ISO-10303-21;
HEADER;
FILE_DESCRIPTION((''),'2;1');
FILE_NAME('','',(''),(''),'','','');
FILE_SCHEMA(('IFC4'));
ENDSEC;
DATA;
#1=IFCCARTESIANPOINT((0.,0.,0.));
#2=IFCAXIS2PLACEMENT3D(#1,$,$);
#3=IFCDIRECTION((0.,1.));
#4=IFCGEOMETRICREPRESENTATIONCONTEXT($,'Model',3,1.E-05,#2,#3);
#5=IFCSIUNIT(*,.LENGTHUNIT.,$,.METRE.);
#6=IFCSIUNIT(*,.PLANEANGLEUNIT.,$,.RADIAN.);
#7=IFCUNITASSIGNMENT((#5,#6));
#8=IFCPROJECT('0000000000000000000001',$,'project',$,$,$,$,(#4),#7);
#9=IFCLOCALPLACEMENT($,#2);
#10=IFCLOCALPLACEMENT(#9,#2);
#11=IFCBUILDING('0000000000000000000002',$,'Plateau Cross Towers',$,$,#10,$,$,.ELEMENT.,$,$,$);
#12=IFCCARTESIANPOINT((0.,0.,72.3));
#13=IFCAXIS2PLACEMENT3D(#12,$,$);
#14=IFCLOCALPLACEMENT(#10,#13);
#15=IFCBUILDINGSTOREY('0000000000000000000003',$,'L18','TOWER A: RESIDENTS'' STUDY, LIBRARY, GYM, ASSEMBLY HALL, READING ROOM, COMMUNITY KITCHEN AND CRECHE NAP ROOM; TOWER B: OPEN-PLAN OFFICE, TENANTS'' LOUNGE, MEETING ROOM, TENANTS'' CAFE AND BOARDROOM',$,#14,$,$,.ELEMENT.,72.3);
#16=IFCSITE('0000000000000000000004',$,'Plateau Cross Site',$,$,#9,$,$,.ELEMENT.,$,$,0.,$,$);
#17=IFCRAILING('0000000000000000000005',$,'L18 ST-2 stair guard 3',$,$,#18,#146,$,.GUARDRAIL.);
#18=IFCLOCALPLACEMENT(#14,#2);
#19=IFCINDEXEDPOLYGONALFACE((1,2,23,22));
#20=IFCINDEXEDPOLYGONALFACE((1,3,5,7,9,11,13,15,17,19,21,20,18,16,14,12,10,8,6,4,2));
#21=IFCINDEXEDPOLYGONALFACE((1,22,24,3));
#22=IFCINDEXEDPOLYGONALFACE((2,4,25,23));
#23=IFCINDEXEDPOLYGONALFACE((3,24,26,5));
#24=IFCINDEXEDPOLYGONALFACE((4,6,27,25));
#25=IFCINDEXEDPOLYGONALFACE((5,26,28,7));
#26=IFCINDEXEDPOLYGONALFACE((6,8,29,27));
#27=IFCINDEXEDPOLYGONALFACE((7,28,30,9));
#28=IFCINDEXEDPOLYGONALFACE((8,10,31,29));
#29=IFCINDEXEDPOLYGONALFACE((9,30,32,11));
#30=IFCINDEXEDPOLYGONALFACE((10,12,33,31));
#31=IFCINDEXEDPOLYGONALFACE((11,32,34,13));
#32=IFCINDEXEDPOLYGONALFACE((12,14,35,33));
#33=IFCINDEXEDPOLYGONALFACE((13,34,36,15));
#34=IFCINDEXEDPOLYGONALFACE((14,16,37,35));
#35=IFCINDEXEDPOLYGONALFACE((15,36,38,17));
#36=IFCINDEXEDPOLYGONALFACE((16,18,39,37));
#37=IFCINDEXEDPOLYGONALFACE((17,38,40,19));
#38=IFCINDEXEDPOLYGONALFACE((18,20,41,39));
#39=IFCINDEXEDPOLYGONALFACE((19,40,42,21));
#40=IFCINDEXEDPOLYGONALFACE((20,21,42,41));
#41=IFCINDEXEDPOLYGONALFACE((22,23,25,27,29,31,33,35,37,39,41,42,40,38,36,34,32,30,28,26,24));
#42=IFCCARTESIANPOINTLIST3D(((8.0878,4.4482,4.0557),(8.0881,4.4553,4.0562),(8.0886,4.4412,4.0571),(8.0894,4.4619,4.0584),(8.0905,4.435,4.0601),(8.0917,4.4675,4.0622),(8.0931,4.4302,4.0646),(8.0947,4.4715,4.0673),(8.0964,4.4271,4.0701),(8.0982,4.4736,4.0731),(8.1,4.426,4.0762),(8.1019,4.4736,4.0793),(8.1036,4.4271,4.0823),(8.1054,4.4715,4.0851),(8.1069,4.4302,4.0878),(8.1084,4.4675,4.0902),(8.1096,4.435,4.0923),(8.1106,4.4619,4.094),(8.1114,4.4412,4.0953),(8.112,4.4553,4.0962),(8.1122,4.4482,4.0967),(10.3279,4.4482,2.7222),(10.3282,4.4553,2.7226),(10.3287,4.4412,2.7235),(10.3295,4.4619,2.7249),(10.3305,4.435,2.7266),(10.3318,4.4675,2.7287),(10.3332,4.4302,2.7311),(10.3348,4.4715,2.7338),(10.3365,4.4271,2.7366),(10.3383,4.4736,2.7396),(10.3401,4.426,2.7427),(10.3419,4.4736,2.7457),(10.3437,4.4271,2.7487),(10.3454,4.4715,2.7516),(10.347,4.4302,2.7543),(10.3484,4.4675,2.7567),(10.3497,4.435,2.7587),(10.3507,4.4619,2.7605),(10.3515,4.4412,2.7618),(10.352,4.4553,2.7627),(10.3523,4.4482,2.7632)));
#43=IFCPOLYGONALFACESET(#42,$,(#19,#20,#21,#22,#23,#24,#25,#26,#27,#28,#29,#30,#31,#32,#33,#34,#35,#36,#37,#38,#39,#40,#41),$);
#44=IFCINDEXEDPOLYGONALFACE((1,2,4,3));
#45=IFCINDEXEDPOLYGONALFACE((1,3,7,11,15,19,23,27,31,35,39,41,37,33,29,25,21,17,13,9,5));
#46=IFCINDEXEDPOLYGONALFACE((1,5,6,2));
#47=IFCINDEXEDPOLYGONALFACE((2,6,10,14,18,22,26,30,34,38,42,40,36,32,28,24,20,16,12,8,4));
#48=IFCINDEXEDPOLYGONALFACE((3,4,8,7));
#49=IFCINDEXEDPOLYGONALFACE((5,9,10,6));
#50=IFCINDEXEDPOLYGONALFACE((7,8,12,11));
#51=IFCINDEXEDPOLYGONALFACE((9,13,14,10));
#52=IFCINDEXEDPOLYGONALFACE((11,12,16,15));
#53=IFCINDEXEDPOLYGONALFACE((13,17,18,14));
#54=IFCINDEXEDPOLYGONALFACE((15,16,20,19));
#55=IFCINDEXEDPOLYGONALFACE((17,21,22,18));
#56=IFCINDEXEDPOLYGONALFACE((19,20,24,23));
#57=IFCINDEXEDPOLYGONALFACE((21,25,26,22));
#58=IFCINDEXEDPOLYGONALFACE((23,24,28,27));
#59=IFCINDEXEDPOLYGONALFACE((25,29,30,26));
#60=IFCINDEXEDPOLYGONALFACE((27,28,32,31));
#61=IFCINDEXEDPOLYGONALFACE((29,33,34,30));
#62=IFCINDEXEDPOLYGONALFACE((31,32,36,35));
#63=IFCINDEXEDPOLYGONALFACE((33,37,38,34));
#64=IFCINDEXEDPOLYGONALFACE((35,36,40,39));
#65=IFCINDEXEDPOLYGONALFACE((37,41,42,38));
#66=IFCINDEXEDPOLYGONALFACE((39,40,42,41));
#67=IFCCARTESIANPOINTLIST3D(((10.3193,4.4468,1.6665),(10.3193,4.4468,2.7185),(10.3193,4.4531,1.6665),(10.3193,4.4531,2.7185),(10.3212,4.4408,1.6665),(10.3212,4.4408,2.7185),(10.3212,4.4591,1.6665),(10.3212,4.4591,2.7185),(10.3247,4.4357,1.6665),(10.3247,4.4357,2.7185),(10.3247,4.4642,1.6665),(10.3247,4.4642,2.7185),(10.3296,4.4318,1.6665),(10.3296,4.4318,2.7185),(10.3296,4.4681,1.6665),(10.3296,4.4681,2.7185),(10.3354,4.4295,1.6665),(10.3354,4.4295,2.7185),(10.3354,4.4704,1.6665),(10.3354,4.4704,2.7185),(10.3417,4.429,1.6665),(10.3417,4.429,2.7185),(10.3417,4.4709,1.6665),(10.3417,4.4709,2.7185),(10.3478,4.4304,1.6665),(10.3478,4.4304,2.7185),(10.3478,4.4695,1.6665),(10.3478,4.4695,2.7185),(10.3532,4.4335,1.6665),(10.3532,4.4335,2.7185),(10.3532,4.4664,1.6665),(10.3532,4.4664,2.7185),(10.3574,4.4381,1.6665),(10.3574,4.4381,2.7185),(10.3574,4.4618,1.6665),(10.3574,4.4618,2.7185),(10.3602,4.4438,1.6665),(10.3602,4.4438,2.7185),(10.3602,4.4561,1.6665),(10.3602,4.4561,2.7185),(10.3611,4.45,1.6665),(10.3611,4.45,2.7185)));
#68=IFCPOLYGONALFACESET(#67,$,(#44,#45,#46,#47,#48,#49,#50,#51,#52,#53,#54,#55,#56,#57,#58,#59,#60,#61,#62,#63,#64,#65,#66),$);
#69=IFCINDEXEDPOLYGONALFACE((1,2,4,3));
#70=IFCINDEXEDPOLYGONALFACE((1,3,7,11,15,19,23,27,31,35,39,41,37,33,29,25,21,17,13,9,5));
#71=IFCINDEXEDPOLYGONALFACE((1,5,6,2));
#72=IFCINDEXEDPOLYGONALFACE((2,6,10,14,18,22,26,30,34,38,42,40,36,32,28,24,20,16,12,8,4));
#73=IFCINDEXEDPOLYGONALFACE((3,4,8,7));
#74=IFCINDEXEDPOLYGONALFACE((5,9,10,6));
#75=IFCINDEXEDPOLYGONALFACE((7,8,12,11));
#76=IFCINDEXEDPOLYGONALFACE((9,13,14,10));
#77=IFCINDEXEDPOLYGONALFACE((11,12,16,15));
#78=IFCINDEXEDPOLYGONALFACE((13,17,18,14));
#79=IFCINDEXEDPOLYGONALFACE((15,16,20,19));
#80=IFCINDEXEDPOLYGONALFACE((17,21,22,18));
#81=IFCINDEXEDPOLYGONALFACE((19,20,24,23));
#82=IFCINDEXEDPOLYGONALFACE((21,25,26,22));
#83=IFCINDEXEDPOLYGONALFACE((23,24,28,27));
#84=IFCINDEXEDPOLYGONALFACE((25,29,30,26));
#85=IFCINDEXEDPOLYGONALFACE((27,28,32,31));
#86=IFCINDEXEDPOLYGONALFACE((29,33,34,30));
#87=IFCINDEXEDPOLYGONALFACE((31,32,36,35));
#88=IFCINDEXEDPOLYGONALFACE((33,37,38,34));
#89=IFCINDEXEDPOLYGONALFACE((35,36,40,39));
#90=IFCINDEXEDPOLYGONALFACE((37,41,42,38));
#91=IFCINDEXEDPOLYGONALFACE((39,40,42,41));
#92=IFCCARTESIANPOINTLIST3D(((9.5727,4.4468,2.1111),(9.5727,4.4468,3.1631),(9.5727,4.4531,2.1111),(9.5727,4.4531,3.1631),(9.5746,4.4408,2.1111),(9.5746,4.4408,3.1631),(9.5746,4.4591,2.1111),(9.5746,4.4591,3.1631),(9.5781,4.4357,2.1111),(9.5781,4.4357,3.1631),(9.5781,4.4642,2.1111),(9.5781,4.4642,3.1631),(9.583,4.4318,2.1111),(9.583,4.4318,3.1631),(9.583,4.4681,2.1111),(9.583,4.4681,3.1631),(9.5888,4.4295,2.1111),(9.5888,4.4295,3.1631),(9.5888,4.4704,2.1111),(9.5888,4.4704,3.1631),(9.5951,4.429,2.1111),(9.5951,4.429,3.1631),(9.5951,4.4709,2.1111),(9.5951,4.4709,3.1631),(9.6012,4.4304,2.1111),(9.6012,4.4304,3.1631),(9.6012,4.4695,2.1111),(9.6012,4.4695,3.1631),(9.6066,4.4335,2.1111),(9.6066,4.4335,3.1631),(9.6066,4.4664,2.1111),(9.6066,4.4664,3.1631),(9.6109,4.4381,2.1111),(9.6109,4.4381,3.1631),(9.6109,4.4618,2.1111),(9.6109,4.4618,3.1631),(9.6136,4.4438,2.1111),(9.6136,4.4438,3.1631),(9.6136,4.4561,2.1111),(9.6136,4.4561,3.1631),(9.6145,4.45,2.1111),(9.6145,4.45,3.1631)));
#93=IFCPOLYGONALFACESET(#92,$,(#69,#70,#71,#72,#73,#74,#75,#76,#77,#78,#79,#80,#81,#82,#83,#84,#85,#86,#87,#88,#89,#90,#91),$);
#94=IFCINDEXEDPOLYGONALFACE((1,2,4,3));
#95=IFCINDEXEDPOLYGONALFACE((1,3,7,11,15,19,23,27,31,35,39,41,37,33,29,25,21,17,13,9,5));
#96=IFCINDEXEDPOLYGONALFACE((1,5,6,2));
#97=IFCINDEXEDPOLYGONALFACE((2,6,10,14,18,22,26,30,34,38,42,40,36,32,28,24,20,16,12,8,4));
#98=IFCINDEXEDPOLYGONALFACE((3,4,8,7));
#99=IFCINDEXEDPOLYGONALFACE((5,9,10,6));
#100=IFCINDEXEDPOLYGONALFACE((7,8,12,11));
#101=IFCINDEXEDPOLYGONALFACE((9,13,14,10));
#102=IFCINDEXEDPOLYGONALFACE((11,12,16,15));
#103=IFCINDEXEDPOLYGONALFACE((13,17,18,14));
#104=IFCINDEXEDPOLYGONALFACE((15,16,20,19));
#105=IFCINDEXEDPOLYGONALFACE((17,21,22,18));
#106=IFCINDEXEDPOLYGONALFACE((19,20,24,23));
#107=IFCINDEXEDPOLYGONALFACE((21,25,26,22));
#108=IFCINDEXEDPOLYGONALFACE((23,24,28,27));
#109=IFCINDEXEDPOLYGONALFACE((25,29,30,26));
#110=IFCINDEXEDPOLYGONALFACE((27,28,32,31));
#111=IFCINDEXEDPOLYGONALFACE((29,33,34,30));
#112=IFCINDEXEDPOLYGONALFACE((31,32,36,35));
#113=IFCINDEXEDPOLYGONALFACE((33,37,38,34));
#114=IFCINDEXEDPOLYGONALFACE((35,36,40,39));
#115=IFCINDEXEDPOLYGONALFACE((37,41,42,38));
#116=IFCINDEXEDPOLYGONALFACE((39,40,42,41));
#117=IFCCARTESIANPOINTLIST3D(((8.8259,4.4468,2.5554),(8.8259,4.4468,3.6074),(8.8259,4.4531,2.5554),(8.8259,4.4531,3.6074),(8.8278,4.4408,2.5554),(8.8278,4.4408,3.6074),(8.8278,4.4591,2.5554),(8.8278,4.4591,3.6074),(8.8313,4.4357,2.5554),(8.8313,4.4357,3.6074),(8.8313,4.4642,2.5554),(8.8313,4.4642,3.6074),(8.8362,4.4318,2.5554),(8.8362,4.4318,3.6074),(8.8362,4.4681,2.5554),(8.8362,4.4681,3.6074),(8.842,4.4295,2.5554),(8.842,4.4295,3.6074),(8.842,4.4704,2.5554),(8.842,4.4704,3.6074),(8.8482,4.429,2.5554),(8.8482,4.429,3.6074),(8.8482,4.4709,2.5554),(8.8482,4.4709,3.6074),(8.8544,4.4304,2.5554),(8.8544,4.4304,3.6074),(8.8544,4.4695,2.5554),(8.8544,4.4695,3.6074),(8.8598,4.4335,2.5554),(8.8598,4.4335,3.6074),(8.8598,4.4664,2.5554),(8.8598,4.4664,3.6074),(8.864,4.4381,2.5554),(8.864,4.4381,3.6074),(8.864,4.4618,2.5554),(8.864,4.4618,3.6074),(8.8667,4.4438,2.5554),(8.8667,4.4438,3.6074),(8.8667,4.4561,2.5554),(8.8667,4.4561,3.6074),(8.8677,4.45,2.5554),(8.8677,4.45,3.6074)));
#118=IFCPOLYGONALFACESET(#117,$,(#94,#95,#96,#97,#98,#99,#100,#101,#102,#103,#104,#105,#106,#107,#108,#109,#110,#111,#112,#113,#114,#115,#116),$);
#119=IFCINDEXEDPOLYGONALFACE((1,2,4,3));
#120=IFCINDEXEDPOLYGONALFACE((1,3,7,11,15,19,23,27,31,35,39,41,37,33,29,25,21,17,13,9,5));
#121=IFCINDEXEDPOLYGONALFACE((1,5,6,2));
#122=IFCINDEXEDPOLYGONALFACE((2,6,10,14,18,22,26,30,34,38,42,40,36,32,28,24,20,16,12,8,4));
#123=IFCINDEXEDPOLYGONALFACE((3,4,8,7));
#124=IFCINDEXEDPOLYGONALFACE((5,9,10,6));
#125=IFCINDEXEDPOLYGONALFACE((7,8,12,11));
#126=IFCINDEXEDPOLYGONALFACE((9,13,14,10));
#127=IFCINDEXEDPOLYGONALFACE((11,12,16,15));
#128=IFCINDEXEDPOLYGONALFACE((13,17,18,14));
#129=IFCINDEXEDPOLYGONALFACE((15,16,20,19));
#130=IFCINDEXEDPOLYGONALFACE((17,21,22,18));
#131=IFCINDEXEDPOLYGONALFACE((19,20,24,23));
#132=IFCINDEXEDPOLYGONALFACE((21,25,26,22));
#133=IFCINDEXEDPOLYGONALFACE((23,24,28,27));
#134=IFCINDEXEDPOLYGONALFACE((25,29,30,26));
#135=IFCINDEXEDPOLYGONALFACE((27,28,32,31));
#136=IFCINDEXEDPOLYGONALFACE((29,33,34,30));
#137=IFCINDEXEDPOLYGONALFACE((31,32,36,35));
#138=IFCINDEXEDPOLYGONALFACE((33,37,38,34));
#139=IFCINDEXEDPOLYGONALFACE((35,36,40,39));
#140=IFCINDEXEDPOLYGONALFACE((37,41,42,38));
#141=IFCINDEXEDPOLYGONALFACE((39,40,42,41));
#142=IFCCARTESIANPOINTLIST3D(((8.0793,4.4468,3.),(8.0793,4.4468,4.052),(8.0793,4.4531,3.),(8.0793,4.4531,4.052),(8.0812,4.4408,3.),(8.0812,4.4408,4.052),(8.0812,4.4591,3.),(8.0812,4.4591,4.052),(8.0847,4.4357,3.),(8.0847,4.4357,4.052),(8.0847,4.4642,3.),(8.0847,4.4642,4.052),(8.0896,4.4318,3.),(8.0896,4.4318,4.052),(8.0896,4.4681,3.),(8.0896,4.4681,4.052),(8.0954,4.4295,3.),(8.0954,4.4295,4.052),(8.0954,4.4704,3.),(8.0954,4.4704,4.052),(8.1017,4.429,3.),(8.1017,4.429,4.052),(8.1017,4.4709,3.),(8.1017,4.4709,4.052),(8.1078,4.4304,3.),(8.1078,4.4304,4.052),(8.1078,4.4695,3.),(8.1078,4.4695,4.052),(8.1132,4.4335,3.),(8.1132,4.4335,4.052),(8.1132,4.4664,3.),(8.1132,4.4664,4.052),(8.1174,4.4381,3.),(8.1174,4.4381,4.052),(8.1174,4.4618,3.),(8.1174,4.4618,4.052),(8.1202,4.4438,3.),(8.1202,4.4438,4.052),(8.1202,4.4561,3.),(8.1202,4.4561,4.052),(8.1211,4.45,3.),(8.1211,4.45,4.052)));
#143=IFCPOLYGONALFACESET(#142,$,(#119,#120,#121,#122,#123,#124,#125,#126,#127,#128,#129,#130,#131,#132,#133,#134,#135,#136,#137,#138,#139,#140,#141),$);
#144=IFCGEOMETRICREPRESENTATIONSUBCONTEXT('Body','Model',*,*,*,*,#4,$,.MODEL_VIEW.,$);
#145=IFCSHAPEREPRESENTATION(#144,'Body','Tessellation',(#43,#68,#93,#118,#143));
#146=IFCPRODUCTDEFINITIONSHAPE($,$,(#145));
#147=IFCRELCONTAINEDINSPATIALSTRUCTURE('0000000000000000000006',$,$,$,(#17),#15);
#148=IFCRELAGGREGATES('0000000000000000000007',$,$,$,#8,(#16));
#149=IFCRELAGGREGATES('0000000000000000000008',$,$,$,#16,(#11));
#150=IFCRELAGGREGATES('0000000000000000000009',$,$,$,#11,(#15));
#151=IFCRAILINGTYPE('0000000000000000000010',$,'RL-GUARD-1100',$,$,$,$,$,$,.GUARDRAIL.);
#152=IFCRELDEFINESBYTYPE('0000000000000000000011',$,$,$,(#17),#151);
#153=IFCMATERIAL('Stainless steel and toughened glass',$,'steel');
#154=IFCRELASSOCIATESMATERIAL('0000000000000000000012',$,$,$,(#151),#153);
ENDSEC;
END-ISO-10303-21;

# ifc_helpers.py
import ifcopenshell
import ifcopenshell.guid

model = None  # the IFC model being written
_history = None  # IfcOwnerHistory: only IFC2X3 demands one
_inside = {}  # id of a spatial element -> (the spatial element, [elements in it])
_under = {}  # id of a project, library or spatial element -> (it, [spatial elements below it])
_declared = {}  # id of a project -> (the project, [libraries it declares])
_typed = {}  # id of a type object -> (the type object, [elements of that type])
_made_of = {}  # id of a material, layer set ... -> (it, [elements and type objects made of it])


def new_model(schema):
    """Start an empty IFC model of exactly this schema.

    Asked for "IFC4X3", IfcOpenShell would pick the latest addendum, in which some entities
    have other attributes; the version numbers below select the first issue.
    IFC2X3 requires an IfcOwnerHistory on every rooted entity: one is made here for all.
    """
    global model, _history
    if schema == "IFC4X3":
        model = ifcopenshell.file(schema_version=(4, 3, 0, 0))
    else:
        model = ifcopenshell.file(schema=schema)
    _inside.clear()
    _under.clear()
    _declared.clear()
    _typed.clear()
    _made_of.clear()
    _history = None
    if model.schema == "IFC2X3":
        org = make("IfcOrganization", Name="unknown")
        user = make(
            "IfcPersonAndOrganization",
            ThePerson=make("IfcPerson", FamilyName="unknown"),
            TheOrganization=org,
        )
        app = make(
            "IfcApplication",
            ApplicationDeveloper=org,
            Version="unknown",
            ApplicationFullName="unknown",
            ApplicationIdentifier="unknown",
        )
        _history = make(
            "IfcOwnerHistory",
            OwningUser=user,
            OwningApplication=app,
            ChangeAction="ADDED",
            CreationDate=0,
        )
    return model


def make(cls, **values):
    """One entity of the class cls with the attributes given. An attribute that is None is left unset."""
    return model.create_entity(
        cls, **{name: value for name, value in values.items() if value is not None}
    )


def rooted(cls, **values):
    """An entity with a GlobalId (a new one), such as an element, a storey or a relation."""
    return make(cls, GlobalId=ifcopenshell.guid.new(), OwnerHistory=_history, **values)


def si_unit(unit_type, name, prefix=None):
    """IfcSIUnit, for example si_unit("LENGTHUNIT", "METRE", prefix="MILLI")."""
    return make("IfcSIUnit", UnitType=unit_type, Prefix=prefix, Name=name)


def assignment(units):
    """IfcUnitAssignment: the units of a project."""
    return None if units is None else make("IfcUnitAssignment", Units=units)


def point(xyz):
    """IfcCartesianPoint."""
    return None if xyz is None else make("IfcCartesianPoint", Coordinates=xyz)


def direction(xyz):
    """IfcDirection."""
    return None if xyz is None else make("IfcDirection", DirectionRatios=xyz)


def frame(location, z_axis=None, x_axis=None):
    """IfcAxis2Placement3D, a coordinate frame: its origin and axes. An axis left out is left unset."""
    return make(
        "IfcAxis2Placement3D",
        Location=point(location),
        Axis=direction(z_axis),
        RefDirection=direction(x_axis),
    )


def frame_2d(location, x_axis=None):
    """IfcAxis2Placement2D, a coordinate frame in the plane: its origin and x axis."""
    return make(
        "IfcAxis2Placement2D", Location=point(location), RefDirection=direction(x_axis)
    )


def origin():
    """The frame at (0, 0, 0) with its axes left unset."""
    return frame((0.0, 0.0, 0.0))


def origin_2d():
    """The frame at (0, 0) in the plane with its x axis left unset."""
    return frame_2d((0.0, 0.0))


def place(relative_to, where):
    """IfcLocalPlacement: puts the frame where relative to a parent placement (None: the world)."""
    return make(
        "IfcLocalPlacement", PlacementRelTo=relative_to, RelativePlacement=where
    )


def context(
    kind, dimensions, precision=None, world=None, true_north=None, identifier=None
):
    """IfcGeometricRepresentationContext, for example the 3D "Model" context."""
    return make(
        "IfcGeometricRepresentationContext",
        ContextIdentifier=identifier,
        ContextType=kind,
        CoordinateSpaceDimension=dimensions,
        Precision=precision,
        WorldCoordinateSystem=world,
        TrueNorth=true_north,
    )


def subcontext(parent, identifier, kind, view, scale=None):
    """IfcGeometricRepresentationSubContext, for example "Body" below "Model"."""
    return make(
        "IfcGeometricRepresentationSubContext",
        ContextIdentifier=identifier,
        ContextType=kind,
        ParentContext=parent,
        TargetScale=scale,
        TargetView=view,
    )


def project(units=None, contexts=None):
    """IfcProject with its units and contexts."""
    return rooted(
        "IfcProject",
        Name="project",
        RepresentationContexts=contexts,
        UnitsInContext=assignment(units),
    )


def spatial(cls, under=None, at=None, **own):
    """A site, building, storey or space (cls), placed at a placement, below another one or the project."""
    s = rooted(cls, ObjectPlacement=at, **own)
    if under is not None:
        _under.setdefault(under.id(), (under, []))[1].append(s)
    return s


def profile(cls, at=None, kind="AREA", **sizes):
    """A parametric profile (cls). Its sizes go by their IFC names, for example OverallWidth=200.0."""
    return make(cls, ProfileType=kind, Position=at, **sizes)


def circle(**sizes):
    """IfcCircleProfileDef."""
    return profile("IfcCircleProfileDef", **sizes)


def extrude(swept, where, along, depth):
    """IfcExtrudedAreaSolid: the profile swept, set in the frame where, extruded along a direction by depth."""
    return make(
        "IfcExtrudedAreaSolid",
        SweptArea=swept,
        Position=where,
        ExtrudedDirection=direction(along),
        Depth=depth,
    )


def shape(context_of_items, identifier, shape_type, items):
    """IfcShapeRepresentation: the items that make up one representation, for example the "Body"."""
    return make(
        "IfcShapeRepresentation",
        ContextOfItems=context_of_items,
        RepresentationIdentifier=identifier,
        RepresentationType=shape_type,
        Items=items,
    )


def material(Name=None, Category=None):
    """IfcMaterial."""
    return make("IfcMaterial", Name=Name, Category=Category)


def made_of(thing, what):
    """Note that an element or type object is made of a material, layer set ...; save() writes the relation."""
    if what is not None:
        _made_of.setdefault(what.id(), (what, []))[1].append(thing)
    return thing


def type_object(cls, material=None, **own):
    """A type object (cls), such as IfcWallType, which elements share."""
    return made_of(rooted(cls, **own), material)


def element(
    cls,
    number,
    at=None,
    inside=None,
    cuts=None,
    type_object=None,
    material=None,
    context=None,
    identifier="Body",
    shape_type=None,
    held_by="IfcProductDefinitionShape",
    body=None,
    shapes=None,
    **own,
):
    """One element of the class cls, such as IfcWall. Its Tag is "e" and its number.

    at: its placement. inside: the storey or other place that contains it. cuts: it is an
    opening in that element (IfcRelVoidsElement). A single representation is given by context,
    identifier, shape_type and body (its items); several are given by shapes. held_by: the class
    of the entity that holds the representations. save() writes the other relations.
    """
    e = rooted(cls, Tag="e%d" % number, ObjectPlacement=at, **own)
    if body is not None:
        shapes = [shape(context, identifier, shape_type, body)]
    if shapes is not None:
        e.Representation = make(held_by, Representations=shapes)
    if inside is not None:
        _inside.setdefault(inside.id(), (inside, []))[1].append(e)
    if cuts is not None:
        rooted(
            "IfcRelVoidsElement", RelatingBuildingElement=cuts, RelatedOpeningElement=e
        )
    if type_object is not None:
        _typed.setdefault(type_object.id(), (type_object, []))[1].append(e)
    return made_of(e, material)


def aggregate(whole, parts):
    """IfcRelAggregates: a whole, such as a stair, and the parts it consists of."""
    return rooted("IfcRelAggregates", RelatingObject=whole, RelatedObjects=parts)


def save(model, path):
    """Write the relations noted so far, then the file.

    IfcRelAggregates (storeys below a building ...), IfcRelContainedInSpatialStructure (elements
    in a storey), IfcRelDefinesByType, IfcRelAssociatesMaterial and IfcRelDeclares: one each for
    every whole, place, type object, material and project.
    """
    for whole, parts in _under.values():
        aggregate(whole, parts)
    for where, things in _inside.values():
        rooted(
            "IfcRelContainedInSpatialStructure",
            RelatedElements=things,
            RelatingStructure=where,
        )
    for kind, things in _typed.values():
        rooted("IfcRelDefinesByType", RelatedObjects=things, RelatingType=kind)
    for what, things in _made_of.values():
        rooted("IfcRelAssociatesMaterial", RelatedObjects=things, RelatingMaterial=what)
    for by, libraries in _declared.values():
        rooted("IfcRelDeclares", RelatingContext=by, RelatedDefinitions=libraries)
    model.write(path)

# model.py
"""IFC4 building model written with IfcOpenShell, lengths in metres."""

from ifc_helpers import new_model, si_unit, direction, frame, origin, origin_2d, place, context, subcontext, project, spatial, circle, extrude, material, type_object, element, save


model = new_model("IFC4")

# Units and contexts
model_context = context("Model", 3, precision=1e-05, world=origin(), true_north=direction((0.0, 1.0)))
body_context = subcontext(model_context, "Body", "Model", "MODEL_VIEW")
ifc_project = project(units=[si_unit("LENGTHUNIT", "METRE"), si_unit("PLANEANGLEUNIT", "RADIAN")], contexts=[model_context])

# Site, building, storey
site_placement = place(None, origin())
site = spatial("IfcSite", under=ifc_project, at=site_placement, Name="Plateau Cross Site", CompositionType="ELEMENT", RefElevation=0.0)
building_placement = place(site_placement, origin())
building = spatial("IfcBuilding", under=site, at=building_placement, Name="Plateau Cross Towers", CompositionType="ELEMENT")
storey_placement = place(building_placement, frame((0.0, 0.0, 72.3)))
storey = spatial("IfcBuildingStorey", under=building, at=storey_placement, Name="L18", Description="TOWER A: RESIDENTS' STUDY, LIBRARY, GYM, ASSEMBLY HALL, READING ROOM, COMMUNITY KITCHEN AND CRECHE NAP ROOM; TOWER B: OPEN-PLAN OFFICE, TENANTS' LOUNGE, MEETING ROOM, TENANTS' CAFE AND BOARDROOM", CompositionType="ELEMENT", Elevation=72.3)

# Railing
ifc_material_1 = material(Name="Stainless steel and toughened glass", Category="steel")
railing_type_1 = type_object("IfcRailingType", Name="RL-GUARD-1100", PredefinedType="GUARDRAIL", material=ifc_material_1)
railing_1_placement = place(storey_placement, frame((10.3401, 4.45, 1.6665)))
element("IfcRailing", 1, at=railing_1_placement, inside=storey, type_object=railing_type_1, Name="L18 ST-2 stair guard 3", PredefinedType="GUARDRAIL", context=body_context, shape_type="SweptSolid", body=[
    extrude(circle(Radius=0.0239, at=origin_2d()), frame((0.0, 0.0, 1.0762), z_axis=(-0.859264, 0.0, 0.511532), x_axis=(0.0, -1.0, 0.0)), (0.0, 0.0, 1.0), 2.6069),
    extrude(circle(Radius=0.021, at=origin_2d()), origin(), (0.0, 0.0, 1.0), 1.052),
    extrude(circle(Radius=0.021, at=origin_2d()), frame((-0.7466, 0.0, 0.4446)), (0.0, 0.0, 1.0), 1.052),
    extrude(circle(Radius=0.021, at=origin_2d()), frame((-1.4934, 0.0, 0.8889)), (0.0, 0.0, 1.0), 1.052),
    extrude(circle(Radius=0.021, at=origin_2d()), frame((-2.24, 0.0, 1.3335)), (0.0, 0.0, 1.0), 1.052),
])

save(model, "model.ifc")
